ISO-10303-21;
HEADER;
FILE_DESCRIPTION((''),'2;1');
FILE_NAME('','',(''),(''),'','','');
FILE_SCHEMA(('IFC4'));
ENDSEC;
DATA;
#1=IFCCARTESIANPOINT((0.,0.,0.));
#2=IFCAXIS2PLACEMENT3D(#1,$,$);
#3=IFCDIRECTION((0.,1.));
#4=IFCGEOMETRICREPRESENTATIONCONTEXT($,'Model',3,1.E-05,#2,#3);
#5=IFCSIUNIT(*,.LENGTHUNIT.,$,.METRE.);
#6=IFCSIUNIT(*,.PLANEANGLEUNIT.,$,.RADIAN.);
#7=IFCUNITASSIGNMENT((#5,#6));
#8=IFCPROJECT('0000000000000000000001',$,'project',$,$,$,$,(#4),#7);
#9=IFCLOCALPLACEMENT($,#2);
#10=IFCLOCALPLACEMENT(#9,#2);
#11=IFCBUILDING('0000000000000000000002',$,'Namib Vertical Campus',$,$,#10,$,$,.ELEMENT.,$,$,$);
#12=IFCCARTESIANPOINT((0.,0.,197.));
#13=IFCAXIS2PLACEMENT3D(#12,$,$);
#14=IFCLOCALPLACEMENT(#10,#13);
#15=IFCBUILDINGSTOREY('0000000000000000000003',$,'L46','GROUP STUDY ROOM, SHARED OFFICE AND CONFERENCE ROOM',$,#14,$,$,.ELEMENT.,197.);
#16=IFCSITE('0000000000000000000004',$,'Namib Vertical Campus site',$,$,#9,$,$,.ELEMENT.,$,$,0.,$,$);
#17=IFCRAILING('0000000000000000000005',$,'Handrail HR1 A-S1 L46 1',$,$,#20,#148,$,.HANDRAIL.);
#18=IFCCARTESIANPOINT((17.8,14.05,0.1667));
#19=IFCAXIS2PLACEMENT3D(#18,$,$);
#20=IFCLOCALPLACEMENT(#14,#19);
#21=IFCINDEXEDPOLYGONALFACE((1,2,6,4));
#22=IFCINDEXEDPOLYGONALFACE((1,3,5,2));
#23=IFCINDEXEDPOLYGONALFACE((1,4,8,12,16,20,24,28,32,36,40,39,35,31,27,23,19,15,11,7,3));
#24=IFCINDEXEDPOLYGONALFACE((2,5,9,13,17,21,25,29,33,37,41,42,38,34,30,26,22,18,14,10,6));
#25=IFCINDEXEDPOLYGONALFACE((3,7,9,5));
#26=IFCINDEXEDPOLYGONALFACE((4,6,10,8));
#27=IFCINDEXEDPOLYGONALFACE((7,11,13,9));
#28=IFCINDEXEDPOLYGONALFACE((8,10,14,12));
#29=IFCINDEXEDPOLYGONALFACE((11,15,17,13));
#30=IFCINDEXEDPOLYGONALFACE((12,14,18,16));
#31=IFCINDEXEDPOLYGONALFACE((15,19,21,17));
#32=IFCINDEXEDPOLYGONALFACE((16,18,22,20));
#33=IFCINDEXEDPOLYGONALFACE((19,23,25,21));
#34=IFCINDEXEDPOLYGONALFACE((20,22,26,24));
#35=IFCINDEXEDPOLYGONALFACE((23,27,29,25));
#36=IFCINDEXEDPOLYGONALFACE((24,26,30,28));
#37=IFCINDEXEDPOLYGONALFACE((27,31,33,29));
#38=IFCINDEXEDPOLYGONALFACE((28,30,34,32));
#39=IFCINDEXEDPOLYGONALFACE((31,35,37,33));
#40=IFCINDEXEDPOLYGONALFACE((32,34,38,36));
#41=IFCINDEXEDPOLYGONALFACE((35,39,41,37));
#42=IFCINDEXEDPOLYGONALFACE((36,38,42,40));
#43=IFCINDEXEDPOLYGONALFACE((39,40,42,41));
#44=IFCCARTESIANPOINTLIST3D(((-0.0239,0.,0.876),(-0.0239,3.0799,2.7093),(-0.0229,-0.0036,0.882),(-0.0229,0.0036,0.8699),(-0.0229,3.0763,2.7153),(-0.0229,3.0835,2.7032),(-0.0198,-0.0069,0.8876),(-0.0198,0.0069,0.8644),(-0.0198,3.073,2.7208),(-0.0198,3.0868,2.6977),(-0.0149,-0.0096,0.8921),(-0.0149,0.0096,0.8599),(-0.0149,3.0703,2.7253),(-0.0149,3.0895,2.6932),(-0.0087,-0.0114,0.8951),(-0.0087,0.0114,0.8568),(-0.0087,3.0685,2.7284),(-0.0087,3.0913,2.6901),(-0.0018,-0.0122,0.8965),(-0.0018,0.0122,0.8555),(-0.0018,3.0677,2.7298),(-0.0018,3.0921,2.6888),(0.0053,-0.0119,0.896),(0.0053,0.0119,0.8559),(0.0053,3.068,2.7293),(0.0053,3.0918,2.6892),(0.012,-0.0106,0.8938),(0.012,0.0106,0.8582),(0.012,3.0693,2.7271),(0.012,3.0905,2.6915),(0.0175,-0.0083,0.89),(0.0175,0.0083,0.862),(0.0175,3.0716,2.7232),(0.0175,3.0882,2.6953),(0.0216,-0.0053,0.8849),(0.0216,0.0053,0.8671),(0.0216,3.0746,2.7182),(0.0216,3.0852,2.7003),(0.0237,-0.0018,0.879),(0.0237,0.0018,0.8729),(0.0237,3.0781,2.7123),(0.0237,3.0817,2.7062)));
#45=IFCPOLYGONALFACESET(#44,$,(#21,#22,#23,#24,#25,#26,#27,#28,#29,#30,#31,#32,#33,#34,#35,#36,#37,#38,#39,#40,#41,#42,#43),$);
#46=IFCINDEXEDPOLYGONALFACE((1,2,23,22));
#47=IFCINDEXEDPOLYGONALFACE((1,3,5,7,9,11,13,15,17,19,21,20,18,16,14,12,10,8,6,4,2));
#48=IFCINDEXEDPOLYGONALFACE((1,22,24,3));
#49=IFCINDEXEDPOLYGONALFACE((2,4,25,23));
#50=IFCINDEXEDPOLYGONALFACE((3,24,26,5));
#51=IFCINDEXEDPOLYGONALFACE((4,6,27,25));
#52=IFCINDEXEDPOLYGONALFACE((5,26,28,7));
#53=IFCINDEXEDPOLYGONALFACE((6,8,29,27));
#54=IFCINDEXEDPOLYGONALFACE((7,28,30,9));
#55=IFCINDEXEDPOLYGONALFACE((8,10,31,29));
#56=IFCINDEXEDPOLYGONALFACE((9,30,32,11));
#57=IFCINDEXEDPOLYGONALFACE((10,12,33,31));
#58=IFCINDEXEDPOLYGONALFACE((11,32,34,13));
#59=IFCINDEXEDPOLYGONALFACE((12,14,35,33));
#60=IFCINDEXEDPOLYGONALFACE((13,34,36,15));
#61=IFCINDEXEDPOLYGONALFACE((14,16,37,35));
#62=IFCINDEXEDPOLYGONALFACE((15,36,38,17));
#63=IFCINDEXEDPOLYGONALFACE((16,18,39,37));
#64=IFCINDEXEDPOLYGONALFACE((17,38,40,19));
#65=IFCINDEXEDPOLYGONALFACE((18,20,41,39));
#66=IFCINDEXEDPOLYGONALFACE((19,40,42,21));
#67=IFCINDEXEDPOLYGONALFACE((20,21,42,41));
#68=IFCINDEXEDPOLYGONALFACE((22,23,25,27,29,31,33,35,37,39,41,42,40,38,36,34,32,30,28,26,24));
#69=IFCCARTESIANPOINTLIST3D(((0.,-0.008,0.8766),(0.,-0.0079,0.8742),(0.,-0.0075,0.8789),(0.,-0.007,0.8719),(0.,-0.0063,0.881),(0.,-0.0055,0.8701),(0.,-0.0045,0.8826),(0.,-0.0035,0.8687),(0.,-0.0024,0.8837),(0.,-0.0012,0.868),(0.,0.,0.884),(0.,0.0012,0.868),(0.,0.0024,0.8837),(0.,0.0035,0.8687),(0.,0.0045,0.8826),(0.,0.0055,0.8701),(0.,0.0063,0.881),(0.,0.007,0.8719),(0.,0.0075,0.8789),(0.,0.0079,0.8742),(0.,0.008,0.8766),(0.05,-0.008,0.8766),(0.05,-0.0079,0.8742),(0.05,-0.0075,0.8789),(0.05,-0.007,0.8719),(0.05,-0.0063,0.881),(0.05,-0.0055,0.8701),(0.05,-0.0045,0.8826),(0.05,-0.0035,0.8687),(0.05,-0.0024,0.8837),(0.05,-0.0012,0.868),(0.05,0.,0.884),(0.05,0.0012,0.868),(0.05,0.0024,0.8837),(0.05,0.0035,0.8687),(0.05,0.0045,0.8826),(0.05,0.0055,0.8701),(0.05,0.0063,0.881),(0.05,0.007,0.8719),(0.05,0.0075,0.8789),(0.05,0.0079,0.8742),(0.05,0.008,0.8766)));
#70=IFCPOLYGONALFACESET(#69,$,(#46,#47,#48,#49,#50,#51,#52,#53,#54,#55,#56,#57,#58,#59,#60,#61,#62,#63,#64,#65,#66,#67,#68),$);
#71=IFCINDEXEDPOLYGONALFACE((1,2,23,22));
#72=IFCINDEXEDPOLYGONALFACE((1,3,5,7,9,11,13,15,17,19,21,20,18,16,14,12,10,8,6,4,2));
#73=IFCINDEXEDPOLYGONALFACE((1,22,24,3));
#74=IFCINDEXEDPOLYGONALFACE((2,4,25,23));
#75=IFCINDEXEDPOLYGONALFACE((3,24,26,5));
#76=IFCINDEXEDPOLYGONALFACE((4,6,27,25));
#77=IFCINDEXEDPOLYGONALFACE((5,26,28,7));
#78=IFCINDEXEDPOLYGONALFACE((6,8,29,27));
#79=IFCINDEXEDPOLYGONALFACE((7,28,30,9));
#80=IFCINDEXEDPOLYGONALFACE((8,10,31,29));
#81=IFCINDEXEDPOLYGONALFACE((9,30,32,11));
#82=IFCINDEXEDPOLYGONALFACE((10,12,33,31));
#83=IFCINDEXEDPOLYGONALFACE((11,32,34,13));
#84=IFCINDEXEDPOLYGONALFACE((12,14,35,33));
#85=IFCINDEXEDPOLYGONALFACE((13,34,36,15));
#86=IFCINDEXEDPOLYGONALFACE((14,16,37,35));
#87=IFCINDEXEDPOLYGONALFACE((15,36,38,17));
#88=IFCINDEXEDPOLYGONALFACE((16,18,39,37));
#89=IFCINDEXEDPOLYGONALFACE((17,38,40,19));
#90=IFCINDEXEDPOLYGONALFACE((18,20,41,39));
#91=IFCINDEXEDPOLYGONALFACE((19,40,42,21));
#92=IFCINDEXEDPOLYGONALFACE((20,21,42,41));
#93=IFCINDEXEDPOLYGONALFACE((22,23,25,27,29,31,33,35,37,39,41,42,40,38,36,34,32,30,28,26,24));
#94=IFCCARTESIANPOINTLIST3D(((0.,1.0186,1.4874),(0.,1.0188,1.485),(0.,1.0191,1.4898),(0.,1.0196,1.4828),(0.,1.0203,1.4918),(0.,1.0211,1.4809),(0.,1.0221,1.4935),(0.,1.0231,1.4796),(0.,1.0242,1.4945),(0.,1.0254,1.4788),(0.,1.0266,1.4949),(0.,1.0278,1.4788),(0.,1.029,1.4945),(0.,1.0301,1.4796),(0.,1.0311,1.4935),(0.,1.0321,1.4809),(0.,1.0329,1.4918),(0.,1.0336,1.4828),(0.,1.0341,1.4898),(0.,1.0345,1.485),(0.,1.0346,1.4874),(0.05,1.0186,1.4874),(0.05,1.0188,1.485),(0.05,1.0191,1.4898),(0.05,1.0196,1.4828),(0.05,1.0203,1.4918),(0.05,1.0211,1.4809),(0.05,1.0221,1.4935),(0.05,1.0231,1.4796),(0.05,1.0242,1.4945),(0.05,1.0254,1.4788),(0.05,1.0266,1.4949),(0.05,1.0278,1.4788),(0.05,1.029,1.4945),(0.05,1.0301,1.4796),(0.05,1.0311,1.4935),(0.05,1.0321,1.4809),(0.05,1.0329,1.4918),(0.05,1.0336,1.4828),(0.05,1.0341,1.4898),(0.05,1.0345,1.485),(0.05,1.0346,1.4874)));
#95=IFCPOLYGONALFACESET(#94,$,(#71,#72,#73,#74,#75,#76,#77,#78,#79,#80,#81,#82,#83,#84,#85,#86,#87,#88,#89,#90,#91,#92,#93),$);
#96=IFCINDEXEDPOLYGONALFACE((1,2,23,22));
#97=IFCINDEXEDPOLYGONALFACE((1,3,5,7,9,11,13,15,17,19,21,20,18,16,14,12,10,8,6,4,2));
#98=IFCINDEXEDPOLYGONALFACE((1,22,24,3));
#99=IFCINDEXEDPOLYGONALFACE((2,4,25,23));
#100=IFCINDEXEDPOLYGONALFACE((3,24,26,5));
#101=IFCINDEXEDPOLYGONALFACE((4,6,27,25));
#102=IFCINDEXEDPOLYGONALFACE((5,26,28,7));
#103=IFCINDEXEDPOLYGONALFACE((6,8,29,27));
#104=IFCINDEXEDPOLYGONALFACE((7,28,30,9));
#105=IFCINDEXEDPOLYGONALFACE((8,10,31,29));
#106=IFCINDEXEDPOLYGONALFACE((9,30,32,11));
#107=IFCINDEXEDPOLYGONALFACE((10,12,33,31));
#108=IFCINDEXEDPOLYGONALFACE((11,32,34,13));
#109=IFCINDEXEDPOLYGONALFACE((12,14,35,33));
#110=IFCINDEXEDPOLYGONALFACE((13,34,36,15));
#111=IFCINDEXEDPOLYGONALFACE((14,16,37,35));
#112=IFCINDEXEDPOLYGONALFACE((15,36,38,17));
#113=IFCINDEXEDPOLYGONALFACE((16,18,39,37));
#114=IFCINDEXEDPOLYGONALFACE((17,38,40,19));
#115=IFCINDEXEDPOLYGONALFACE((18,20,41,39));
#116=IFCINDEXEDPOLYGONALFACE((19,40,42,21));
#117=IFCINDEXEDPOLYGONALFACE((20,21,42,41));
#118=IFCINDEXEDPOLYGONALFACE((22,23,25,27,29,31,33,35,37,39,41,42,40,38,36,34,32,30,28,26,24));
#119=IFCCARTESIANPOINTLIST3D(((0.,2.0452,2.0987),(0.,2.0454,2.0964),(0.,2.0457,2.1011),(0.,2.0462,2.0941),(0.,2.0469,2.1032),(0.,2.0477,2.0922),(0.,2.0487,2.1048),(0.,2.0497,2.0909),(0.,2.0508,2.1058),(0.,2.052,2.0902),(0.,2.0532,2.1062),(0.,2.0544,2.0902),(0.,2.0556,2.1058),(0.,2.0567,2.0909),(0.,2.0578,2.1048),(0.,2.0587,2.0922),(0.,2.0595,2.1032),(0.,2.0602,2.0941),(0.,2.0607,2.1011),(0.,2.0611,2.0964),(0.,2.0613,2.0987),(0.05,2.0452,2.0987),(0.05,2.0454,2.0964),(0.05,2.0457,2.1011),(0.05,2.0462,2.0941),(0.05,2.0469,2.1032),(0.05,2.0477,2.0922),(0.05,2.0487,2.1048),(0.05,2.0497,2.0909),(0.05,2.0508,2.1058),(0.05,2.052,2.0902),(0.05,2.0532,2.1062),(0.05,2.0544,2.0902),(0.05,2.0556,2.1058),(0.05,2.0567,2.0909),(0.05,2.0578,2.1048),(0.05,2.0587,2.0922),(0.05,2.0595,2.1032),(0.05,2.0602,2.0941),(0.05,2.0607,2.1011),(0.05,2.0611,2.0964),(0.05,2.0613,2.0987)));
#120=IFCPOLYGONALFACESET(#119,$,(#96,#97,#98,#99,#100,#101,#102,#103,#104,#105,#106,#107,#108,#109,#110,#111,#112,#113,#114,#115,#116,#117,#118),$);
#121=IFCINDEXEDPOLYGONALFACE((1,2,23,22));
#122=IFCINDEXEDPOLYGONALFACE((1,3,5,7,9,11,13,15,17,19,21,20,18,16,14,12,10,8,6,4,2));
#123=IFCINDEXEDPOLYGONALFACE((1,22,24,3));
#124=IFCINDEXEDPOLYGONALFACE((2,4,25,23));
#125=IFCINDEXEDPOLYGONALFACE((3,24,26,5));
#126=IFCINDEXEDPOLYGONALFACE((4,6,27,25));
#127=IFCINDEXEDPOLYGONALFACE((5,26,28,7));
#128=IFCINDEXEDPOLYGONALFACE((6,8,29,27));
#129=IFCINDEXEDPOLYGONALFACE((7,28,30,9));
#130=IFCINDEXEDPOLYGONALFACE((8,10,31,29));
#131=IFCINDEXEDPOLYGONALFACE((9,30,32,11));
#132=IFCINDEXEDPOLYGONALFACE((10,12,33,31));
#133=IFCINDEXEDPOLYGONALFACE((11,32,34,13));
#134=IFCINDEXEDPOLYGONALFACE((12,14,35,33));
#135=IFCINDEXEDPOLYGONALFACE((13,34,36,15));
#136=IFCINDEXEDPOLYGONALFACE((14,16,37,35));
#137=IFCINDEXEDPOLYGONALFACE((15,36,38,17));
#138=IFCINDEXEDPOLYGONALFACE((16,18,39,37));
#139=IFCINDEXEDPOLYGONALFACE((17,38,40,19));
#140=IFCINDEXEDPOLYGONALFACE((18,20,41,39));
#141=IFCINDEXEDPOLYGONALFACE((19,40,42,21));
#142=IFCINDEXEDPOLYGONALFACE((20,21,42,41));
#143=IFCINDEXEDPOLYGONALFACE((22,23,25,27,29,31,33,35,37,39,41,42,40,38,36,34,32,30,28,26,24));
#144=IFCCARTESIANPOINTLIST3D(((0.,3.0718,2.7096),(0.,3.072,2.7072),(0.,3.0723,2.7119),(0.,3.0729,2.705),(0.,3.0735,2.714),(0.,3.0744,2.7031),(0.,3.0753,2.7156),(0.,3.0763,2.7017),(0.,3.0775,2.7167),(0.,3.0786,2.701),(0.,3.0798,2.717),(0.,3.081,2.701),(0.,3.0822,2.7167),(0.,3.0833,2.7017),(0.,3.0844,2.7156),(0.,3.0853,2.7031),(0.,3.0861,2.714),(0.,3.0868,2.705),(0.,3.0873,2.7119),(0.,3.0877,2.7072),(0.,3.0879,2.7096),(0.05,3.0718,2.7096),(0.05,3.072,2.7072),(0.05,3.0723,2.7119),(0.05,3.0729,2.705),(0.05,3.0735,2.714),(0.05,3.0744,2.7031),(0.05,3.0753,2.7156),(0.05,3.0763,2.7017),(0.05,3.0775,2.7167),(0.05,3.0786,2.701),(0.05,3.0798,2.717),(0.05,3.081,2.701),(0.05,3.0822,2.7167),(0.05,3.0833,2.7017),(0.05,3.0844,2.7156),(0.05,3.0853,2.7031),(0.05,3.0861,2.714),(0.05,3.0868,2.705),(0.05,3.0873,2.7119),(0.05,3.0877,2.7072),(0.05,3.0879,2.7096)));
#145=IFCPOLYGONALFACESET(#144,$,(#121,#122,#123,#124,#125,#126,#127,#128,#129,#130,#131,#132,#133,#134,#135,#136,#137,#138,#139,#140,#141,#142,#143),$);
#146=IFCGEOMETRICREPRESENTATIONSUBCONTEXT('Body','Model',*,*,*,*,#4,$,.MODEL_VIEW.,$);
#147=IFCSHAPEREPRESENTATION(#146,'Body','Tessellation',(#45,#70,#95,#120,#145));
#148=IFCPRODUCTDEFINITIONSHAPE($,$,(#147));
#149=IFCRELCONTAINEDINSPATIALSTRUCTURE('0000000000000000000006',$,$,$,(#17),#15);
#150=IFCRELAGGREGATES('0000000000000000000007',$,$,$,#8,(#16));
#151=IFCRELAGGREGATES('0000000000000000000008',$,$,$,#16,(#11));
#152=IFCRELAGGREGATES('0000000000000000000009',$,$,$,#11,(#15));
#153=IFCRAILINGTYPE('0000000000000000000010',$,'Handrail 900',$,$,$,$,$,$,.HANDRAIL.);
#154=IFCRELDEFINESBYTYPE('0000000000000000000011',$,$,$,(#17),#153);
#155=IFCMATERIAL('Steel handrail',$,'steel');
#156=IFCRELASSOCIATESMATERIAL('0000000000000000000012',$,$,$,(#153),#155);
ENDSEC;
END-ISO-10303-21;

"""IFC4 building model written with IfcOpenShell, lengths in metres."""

from ifc_helpers import new_model, si_unit, direction, frame, origin, origin_2d, place, context, subcontext, project, spatial, circle, extrude, material, type_object, element, save


model = new_model("IFC4")

# Units and contexts
model_context = context("Model", 3, precision=1e-05, world=origin(), true_north=direction((0.0, 1.0)))
body_context = subcontext(model_context, "Body", "Model", "MODEL_VIEW")
ifc_project = project(units=[si_unit("LENGTHUNIT", "METRE"), si_unit("PLANEANGLEUNIT", "RADIAN")], contexts=[model_context])

# Site, building, storey
site_placement = place(None, origin())
site = spatial("IfcSite", under=ifc_project, at=site_placement, Name="Namib Vertical Campus site", CompositionType="ELEMENT", RefElevation=0.0)
building_placement = place(site_placement, origin())
building = spatial("IfcBuilding", under=site, at=building_placement, Name="Namib Vertical Campus", CompositionType="ELEMENT")
storey_placement = place(building_placement, frame((0.0, 0.0, 197.0)))
storey = spatial("IfcBuildingStorey", under=building, at=storey_placement, Name="L46", Description="GROUP STUDY ROOM, SHARED OFFICE AND CONFERENCE ROOM", CompositionType="ELEMENT", Elevation=197.0)

# Railing
ifc_material_1 = material(Name="Steel handrail", Category="steel")
railing_type_1 = type_object("IfcRailingType", Name="Handrail 900", PredefinedType="HANDRAIL", material=ifc_material_1)
railing_1_placement = place(storey_placement, frame((17.8, 14.05, 0.1667)))
element("IfcRailing", 1, at=railing_1_placement, inside=storey, type_object=railing_type_1, Name="Handrail HR1 A-S1 L46 1", PredefinedType="HANDRAIL", context=body_context, shape_type="SweptSolid", body=[
    extrude(circle(Radius=0.0239, at=origin_2d()), frame((0.0, 0.0, 0.876), z_axis=(0.0, 0.859291, 0.511487), x_axis=(-1.0, 0.0, 0.0)), (0.0, 0.0, 1.0), 3.5842),
    extrude(circle(Radius=0.0081, at=origin_2d()), frame((0.0, 0.0, 0.876), z_axis=(1.0, 0.0, 0.0), x_axis=(0.0, 0.0, 1.0)), (0.0, 0.0, 1.0), 0.05),
    extrude(circle(Radius=0.0081, at=origin_2d()), frame((0.0, 1.0266, 1.4868), z_axis=(1.0, 0.0, 0.0), x_axis=(0.0, 0.0, 1.0)), (0.0, 0.0, 1.0), 0.05),
    extrude(circle(Radius=0.0081, at=origin_2d()), frame((0.0, 2.0532, 2.0981), z_axis=(1.0, 0.0, 0.0), x_axis=(0.0, 0.0, 1.0)), (0.0, 0.0, 1.0), 0.05),
    extrude(circle(Radius=0.0081, at=origin_2d()), frame((0.0, 3.0798, 2.709), z_axis=(1.0, 0.0, 0.0), x_axis=(0.0, 0.0, 1.0)), (0.0, 0.0, 1.0), 0.05),
])

save(model, "model.ifc")
